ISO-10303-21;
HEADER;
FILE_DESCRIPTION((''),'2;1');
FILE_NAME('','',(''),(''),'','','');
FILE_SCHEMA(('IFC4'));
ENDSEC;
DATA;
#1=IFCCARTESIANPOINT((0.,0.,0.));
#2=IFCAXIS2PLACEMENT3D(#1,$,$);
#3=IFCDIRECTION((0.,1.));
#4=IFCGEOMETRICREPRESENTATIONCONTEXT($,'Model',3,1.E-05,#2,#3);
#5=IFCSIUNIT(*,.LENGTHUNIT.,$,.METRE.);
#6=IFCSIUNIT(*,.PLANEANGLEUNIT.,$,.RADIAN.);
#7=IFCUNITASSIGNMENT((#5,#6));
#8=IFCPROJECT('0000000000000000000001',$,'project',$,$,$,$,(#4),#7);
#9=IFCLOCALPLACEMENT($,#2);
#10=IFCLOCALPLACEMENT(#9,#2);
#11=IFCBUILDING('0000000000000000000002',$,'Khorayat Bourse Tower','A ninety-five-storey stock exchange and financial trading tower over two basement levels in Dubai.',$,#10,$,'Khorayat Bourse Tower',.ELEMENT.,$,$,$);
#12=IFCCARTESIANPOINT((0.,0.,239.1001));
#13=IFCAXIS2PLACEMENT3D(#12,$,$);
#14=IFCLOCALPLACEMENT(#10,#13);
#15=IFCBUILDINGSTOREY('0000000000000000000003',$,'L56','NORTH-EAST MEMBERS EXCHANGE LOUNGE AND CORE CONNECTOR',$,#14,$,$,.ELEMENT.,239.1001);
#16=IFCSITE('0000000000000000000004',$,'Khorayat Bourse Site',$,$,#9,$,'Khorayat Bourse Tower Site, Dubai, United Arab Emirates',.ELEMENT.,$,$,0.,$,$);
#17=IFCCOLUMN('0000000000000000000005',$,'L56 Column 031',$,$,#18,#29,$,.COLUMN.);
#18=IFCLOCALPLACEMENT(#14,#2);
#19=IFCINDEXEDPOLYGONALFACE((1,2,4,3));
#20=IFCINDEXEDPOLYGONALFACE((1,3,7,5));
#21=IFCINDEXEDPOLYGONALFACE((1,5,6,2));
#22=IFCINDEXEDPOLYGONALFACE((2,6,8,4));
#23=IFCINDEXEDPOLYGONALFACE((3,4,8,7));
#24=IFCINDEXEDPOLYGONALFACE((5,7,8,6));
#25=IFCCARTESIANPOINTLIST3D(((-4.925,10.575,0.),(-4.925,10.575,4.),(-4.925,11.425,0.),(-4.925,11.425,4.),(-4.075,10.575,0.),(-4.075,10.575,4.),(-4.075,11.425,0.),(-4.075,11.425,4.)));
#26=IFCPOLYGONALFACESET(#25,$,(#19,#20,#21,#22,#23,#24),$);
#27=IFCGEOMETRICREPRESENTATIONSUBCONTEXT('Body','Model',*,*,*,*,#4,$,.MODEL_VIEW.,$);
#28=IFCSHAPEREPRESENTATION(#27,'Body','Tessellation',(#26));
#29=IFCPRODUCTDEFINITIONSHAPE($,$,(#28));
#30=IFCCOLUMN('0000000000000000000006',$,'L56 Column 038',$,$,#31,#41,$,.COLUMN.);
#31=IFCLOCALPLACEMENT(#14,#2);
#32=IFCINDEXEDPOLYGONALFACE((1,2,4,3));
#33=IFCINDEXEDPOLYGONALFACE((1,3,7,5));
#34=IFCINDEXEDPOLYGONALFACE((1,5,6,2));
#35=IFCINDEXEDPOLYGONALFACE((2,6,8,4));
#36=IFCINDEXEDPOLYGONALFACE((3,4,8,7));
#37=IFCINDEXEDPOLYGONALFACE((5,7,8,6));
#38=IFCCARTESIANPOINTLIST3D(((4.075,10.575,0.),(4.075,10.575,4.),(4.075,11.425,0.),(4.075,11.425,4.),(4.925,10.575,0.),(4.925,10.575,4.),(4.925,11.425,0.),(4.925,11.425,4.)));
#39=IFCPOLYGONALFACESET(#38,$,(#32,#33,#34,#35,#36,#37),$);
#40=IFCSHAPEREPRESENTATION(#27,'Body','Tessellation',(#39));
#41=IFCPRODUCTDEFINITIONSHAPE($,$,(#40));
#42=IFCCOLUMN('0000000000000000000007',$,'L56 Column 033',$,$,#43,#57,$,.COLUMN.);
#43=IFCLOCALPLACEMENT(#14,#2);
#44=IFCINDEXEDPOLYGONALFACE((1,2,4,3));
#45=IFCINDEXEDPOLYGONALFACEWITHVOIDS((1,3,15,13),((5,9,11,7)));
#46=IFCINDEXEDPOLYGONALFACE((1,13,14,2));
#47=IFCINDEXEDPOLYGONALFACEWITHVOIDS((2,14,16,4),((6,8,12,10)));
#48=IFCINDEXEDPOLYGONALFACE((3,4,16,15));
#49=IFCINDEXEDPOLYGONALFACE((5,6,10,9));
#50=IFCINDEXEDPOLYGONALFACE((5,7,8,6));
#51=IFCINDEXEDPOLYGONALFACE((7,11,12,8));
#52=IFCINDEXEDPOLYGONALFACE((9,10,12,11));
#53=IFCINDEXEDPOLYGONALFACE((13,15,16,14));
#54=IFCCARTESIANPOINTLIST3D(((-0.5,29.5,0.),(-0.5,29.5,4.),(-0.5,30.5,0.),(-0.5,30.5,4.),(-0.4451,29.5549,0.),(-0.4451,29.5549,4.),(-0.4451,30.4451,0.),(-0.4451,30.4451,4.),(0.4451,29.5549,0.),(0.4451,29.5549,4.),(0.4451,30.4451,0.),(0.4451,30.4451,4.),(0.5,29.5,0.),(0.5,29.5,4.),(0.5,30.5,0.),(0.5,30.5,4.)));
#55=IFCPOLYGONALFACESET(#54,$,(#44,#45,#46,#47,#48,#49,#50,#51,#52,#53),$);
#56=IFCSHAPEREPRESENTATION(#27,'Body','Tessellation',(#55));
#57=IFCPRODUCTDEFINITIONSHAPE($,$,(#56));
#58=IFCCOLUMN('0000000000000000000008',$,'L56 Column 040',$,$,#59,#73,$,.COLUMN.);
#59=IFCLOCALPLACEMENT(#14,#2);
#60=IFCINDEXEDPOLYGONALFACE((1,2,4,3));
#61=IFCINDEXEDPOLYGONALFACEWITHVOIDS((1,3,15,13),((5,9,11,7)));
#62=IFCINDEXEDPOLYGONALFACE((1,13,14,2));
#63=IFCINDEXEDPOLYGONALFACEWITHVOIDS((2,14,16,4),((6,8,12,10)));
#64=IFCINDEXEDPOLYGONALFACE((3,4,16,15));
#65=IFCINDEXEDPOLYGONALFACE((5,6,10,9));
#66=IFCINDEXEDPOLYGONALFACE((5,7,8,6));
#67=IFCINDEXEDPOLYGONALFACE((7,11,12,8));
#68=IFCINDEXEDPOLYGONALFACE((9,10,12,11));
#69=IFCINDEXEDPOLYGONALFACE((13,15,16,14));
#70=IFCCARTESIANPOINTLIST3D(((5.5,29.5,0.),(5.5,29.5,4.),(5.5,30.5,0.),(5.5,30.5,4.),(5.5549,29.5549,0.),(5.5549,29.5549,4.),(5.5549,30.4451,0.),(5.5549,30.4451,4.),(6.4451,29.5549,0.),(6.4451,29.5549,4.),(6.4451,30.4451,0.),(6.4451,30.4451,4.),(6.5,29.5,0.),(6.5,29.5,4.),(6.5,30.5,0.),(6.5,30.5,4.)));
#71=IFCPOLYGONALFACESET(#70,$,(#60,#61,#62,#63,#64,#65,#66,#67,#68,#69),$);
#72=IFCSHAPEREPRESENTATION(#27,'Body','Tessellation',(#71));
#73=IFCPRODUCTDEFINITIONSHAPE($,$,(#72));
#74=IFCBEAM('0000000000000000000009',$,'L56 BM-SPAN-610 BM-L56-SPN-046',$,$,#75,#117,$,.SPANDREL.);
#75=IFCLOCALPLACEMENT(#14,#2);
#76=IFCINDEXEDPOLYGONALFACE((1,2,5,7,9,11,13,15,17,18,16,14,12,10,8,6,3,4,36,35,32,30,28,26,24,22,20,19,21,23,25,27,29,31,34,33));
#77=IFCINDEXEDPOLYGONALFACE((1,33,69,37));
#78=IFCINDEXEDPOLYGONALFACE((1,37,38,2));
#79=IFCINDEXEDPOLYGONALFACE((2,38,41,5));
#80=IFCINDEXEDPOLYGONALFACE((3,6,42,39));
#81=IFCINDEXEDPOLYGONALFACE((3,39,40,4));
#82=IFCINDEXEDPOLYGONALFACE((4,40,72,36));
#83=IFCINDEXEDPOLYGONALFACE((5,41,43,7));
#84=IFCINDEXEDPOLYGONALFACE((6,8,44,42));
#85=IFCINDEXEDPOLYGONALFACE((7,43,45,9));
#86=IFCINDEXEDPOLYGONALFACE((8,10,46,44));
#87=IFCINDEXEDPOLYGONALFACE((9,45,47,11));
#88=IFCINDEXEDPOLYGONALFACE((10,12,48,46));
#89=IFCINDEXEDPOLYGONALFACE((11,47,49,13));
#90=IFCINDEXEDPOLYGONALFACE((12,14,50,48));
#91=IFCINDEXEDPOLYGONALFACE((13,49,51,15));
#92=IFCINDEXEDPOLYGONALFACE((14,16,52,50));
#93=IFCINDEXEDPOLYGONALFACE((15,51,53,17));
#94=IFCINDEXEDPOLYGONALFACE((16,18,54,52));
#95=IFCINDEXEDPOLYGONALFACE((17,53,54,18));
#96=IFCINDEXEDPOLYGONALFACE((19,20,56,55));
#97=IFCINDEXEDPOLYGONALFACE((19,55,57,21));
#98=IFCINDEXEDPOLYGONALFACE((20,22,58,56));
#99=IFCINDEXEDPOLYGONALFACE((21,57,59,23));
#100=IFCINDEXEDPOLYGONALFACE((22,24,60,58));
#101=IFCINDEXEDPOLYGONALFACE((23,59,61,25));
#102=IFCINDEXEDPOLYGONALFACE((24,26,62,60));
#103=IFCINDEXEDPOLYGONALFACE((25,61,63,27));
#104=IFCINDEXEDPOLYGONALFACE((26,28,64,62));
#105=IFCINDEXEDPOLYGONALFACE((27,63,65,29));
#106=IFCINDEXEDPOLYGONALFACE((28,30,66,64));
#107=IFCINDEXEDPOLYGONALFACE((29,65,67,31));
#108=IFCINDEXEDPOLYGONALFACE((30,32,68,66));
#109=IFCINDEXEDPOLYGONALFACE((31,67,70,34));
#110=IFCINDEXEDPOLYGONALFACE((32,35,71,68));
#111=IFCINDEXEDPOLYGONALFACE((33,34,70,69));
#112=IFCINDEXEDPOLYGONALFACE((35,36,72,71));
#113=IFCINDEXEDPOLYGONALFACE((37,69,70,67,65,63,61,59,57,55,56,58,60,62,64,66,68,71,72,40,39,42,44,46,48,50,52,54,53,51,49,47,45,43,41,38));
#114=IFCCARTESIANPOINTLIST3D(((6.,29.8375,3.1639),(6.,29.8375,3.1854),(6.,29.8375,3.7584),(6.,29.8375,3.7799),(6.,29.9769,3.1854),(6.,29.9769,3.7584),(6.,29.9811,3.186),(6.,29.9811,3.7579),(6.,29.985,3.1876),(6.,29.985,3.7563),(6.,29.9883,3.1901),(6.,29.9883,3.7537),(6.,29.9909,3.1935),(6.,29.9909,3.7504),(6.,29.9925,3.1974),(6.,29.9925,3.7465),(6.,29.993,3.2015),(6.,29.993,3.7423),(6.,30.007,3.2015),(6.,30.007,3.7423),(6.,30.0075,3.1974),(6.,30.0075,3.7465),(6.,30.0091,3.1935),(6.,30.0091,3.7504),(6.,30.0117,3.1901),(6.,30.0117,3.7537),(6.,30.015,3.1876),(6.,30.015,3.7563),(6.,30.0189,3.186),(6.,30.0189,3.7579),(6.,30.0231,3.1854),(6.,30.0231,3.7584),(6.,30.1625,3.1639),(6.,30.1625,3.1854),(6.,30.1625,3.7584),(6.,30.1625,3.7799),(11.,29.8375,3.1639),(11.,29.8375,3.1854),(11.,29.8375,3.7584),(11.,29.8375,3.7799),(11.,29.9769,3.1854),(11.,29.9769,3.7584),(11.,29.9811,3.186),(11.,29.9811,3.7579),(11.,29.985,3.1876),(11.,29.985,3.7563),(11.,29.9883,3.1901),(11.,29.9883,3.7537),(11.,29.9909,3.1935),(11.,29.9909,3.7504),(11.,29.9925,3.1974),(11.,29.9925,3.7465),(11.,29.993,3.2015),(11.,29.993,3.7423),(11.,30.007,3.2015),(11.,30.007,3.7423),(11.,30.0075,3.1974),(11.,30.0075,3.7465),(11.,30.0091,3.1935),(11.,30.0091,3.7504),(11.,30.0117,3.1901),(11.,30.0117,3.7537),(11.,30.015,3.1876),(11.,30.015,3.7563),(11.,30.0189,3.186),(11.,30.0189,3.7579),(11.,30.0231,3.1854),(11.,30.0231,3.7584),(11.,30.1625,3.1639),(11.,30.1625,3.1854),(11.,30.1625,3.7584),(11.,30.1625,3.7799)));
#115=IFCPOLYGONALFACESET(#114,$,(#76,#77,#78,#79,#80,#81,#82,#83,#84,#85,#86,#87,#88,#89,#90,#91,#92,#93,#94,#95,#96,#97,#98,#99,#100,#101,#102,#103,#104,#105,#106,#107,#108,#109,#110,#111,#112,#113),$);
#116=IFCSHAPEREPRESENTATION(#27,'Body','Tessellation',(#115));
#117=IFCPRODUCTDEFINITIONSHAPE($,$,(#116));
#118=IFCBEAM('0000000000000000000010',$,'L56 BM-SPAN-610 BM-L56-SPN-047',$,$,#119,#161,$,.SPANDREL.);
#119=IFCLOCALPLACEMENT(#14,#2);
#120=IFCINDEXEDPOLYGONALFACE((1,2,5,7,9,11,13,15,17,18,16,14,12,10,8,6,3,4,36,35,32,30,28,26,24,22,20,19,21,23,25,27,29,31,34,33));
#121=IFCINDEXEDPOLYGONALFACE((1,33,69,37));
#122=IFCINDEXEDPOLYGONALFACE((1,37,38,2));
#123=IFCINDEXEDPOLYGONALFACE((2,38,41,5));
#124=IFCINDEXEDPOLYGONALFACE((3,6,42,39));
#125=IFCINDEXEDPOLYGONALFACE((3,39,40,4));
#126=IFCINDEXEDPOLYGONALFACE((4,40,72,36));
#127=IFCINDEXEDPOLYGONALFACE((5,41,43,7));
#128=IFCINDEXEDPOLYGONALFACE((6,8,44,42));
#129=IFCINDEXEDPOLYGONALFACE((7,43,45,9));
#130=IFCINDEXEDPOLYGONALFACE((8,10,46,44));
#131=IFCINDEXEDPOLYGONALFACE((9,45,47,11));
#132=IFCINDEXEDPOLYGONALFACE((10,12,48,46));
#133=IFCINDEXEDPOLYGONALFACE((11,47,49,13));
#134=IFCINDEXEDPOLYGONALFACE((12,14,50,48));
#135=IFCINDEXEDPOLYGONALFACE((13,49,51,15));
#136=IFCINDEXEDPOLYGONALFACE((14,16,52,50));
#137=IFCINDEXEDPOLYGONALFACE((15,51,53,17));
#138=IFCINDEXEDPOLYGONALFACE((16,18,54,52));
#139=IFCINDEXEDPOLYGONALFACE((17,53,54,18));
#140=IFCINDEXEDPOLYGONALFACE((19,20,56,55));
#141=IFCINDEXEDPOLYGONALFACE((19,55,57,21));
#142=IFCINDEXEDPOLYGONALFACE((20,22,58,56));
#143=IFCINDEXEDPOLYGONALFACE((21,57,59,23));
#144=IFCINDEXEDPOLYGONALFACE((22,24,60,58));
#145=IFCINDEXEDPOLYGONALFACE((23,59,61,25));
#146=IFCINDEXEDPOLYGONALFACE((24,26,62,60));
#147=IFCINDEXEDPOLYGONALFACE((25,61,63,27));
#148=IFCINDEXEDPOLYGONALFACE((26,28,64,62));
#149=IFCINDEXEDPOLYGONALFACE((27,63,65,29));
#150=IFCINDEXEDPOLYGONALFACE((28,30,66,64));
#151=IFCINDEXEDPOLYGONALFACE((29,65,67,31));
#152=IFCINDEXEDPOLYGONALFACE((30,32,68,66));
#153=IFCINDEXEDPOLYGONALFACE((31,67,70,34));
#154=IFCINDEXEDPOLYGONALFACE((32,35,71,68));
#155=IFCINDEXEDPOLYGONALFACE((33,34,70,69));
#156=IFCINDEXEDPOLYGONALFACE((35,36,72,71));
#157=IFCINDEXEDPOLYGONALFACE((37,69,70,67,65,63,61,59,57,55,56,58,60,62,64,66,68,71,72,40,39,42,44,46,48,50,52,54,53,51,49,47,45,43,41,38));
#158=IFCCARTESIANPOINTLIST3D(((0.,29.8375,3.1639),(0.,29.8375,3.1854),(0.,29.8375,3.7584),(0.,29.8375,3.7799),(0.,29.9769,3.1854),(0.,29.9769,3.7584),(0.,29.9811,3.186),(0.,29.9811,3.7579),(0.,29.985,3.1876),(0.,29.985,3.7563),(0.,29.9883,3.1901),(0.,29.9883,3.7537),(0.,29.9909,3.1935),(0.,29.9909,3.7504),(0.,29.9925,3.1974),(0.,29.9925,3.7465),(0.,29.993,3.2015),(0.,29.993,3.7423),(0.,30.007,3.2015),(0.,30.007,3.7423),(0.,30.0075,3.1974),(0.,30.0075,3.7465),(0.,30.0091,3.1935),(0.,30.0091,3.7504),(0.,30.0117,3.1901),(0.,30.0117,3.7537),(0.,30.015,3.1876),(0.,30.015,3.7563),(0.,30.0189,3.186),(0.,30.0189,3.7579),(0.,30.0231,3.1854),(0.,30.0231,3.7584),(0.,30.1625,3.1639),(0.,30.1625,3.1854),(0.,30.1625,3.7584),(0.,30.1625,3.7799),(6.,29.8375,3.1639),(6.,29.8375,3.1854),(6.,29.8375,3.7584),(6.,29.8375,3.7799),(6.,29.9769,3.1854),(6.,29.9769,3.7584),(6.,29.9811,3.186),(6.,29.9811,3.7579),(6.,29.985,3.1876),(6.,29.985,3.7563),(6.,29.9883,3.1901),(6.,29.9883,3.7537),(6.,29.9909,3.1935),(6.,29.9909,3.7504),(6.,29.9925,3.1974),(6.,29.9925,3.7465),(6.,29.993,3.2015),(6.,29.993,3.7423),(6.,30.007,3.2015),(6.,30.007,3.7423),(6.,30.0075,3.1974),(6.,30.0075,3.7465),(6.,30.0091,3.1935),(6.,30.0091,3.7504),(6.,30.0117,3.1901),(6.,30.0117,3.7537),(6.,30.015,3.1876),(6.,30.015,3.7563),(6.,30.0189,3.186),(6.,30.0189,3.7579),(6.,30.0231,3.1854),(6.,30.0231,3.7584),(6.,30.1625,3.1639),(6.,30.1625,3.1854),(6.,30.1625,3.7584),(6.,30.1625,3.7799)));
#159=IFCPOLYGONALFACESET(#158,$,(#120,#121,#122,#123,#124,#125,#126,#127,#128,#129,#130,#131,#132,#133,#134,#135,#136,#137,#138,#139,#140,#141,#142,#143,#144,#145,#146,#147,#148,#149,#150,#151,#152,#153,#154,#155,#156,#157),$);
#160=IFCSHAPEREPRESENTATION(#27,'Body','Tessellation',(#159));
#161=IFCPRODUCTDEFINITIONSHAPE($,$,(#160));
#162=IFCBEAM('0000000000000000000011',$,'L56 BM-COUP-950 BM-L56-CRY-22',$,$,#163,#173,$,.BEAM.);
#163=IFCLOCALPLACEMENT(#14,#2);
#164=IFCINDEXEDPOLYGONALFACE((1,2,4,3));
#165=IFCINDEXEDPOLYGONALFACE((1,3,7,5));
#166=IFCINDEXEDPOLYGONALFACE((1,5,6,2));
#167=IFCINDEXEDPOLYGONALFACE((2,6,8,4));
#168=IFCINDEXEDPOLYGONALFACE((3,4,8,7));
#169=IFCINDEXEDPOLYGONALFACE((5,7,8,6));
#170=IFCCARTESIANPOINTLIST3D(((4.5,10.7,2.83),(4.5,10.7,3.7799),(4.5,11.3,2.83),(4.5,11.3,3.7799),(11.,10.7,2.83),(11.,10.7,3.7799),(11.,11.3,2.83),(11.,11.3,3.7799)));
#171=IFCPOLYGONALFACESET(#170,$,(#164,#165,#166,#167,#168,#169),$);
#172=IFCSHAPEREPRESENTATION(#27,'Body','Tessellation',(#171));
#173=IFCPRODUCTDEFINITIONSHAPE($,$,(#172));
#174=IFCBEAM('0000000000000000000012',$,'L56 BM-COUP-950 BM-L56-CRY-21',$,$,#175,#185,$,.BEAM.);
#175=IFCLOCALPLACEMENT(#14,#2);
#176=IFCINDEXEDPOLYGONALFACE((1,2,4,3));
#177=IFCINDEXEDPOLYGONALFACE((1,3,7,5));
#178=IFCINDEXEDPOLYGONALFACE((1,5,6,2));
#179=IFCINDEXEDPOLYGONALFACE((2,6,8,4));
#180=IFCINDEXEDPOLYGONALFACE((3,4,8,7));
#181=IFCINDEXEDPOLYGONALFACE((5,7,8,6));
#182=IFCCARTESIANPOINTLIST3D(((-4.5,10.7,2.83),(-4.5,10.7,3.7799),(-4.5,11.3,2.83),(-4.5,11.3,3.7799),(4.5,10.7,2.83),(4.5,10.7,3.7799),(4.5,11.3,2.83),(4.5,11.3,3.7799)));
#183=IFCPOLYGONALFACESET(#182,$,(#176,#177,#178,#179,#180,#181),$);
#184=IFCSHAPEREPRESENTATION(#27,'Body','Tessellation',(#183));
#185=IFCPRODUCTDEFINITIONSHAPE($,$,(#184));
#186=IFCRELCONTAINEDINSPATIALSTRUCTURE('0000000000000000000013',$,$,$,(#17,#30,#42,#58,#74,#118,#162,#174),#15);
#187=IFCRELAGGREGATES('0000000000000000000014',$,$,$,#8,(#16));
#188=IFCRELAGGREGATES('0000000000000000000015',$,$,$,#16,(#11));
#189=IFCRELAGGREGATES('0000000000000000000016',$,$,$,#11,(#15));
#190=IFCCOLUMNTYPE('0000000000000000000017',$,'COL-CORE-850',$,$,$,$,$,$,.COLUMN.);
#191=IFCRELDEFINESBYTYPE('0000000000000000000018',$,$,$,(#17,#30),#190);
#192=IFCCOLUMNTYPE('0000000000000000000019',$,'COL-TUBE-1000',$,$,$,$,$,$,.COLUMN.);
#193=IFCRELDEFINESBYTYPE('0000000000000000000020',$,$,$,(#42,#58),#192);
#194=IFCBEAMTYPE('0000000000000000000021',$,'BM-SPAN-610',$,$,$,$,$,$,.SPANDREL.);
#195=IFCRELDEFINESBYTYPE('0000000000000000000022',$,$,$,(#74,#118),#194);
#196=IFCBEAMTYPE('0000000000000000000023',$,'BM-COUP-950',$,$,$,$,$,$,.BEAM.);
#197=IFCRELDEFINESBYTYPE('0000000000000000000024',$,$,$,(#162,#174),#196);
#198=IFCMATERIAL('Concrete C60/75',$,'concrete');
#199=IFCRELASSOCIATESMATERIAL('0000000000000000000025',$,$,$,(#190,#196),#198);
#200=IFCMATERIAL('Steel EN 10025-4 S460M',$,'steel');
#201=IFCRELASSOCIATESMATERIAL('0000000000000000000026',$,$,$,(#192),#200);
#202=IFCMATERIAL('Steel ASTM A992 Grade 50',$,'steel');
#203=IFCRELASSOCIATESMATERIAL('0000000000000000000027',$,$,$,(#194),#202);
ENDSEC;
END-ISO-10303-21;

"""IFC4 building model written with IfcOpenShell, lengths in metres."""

from ifc_helpers import new_model, si_unit, direction, frame, origin, origin_2d, place, context, subcontext, project, spatial, rectangle, hollow_rectangle, i_section, extrude, source, transform, mapped, material, material_profile, profile_set, type_object, element, save


model = new_model("IFC4")

# Units and contexts
model_context = context("Model", 3, precision=1e-05, world=origin(), true_north=direction((0.0, 1.0)))
body_context = subcontext(model_context, "Body", "Model", "MODEL_VIEW")
ifc_project = project(units=[si_unit("LENGTHUNIT", "METRE"), si_unit("PLANEANGLEUNIT", "RADIAN")], contexts=[model_context])

# Site, building, storey
site_placement = place(None, origin())
site = spatial("IfcSite", under=ifc_project, at=site_placement, Name="Khorayat Bourse Site", LongName="Khorayat Bourse Tower Site, Dubai, United Arab Emirates", CompositionType="ELEMENT", RefElevation=0.0)
building_placement = place(site_placement, origin())
building = spatial("IfcBuilding", under=site, at=building_placement, Name="Khorayat Bourse Tower", Description="A ninety-five-storey stock exchange and financial trading tower over two basement levels in Dubai.", LongName="Khorayat Bourse Tower", CompositionType="ELEMENT")
storey_placement = place(building_placement, frame((0.0, 0.0, 239.1001)))
storey = spatial("IfcBuildingStorey", under=building, at=storey_placement, Name="L56", Description="NORTH-EAST MEMBERS EXCHANGE LOUNGE AND CORE CONNECTOR", CompositionType="ELEMENT", Elevation=239.1001)

# Columns
ifc_material_1 = material(Name="Concrete C60/75", Category="concrete")
ifc_material_profile_1 = material_profile(ifc_material_1, rectangle(XDim=0.8501, YDim=0.8501, at=origin_2d()), Name="RC 850x850")
ifc_profile_set_1 = profile_set([ifc_material_profile_1], Name="Concrete C60/75")
column_type_1 = type_object("IfcColumnType", Name="COL-CORE-850", PredefinedType="COLUMN", material=ifc_profile_set_1)
shared_shape_1 = source(origin(), body_context, "Body", "SweptSolid", [
    extrude(rectangle(XDim=0.8501, YDim=0.8501, at=origin_2d()), origin(), (0.0, 0.0, 1.0), 4.0),
])
for number, where, z_axis, x_axis, name in (
    (1, (-4.5, 11.0, 0.0), (0.0, 0.0, 1.0), (1.0, 0.0, 0.0), "L56 Column 031"),
    (2, (4.5, 11.0, 0.0), (0.0, 0.0, 1.0), (1.0, 0.0, 0.0), "L56 Column 038"),
):
    element("IfcColumn", number, at=place(storey_placement, frame(where, z_axis=z_axis, x_axis=x_axis)), inside=storey, type_object=column_type_1, Name=name, PredefinedType="COLUMN", context=body_context, shape_type="MappedRepresentation", body=[
        mapped(shared_shape_1, transform((0.0, 0.0, 0.0), scale=1.0)),
    ])
ifc_material_2 = material(Name="Steel EN 10025-4 S460M", Category="steel")
ifc_material_profile_2 = material_profile(ifc_material_2, hollow_rectangle(XDim=1.0, YDim=1.0, WallThickness=0.0549, at=origin_2d()), Name="BOX 1000x1000x55")
ifc_profile_set_2 = profile_set([ifc_material_profile_2], Name="Steel EN 10025-4 S460M")
column_type_2 = type_object("IfcColumnType", Name="COL-TUBE-1000", PredefinedType="COLUMN", material=ifc_profile_set_2)
shared_shape_2 = source(origin(), body_context, "Body", "SweptSolid", [
    extrude(hollow_rectangle(XDim=1.0, YDim=1.0, WallThickness=0.0549, at=origin_2d()), origin(), (0.0, 0.0, 1.0), 4.0),
])
for number, where, z_axis, x_axis, name in (
    (3, (0.0, 30.0, 0.0), (0.0, 0.0, 1.0), (1.0, 0.0, 0.0), "L56 Column 033"),
    (4, (6.0, 30.0, 0.0), (0.0, 0.0, 1.0), (1.0, 0.0, 0.0), "L56 Column 040"),
):
    element("IfcColumn", number, at=place(storey_placement, frame(where, z_axis=z_axis, x_axis=x_axis)), inside=storey, type_object=column_type_2, Name=name, PredefinedType="COLUMN", context=body_context, shape_type="MappedRepresentation", body=[
        mapped(shared_shape_2, transform((0.0, 0.0, 0.0), scale=1.0)),
    ])

# Beams
ifc_material_3 = material(Name="Steel ASTM A992 Grade 50", Category="steel")
ifc_material_profile_3 = material_profile(ifc_material_3, i_section(OverallWidth=0.325, OverallDepth=0.616, WebThickness=0.0139, FlangeThickness=0.0215, FilletRadius=0.0161, at=origin_2d()), Name="W610X174")
ifc_profile_set_3 = profile_set([ifc_material_profile_3], Name="Steel ASTM A992 Grade 50")
beam_type_1 = type_object("IfcBeamType", Name="BM-SPAN-610", PredefinedType="SPANDREL", material=ifc_profile_set_3)
shared_shape_3 = source(origin(), body_context, "Body", "SweptSolid", [
    extrude(i_section(OverallWidth=0.325, OverallDepth=0.616, WebThickness=0.0139, FlangeThickness=0.0215, FilletRadius=0.0161, at=origin_2d()), origin(), (0.0, 0.0, 1.0), 5.0),
])
beam_1_placement = place(storey_placement, frame((6.0, 30.0, 3.4719), z_axis=(1.0, 0.0, 0.0), x_axis=(0.0, 1.0, 0.0)))
element("IfcBeam", 5, at=beam_1_placement, inside=storey, type_object=beam_type_1, Name="L56 BM-SPAN-610 BM-L56-SPN-046", PredefinedType="SPANDREL", context=body_context, shape_type="MappedRepresentation", body=[
    mapped(shared_shape_3, transform((0.0, 0.0, 0.0), scale=1.0)),
])
shared_shape_4 = source(origin(), body_context, "Body", "SweptSolid", [
    extrude(i_section(OverallWidth=0.325, OverallDepth=0.616, WebThickness=0.0139, FlangeThickness=0.0215, FilletRadius=0.0161, at=origin_2d()), origin(), (0.0, 0.0, 1.0), 6.0),
])
beam_2_placement = place(storey_placement, frame((0.0, 30.0, 3.4719), z_axis=(1.0, 0.0, 0.0), x_axis=(0.0, 1.0, 0.0)))
element("IfcBeam", 6, at=beam_2_placement, inside=storey, type_object=beam_type_1, Name="L56 BM-SPAN-610 BM-L56-SPN-047", PredefinedType="SPANDREL", context=body_context, shape_type="MappedRepresentation", body=[
    mapped(shared_shape_4, transform((0.0, 0.0, 0.0), scale=1.0)),
])
ifc_material_profile_4 = material_profile(ifc_material_1, rectangle(XDim=0.6001, YDim=0.95, at=origin_2d()), Name="RC 600x950")
ifc_profile_set_4 = profile_set([ifc_material_profile_4], Name="Concrete C60/75")
beam_type_2 = type_object("IfcBeamType", Name="BM-COUP-950", PredefinedType="BEAM", material=ifc_profile_set_4)
shared_shape_5 = source(origin(), body_context, "Body", "SweptSolid", [
    extrude(rectangle(XDim=0.6001, YDim=0.95, at=origin_2d()), origin(), (0.0, 0.0, 1.0), 6.5),
])
beam_3_placement = place(storey_placement, frame((4.5, 11.0, 3.3049), z_axis=(1.0, 0.0, 0.0), x_axis=(0.0, 1.0, 0.0)))
element("IfcBeam", 7, at=beam_3_placement, inside=storey, type_object=beam_type_2, Name="L56 BM-COUP-950 BM-L56-CRY-22", PredefinedType="BEAM", context=body_context, shape_type="MappedRepresentation", body=[
    mapped(shared_shape_5, transform((0.0, 0.0, 0.0), scale=1.0)),
])
shared_shape_6 = source(origin(), body_context, "Body", "SweptSolid", [
    extrude(rectangle(XDim=0.6001, YDim=0.95, at=origin_2d()), origin(), (0.0, 0.0, 1.0), 9.0),
])
beam_4_placement = place(storey_placement, frame((-4.5, 11.0, 3.3049), z_axis=(1.0, 0.0, 0.0), x_axis=(0.0, 1.0, 0.0)))
element("IfcBeam", 8, at=beam_4_placement, inside=storey, type_object=beam_type_2, Name="L56 BM-COUP-950 BM-L56-CRY-21", PredefinedType="BEAM", context=body_context, shape_type="MappedRepresentation", body=[
    mapped(shared_shape_6, transform((0.0, 0.0, 0.0), scale=1.0)),
])

save(model, "model.ifc")
